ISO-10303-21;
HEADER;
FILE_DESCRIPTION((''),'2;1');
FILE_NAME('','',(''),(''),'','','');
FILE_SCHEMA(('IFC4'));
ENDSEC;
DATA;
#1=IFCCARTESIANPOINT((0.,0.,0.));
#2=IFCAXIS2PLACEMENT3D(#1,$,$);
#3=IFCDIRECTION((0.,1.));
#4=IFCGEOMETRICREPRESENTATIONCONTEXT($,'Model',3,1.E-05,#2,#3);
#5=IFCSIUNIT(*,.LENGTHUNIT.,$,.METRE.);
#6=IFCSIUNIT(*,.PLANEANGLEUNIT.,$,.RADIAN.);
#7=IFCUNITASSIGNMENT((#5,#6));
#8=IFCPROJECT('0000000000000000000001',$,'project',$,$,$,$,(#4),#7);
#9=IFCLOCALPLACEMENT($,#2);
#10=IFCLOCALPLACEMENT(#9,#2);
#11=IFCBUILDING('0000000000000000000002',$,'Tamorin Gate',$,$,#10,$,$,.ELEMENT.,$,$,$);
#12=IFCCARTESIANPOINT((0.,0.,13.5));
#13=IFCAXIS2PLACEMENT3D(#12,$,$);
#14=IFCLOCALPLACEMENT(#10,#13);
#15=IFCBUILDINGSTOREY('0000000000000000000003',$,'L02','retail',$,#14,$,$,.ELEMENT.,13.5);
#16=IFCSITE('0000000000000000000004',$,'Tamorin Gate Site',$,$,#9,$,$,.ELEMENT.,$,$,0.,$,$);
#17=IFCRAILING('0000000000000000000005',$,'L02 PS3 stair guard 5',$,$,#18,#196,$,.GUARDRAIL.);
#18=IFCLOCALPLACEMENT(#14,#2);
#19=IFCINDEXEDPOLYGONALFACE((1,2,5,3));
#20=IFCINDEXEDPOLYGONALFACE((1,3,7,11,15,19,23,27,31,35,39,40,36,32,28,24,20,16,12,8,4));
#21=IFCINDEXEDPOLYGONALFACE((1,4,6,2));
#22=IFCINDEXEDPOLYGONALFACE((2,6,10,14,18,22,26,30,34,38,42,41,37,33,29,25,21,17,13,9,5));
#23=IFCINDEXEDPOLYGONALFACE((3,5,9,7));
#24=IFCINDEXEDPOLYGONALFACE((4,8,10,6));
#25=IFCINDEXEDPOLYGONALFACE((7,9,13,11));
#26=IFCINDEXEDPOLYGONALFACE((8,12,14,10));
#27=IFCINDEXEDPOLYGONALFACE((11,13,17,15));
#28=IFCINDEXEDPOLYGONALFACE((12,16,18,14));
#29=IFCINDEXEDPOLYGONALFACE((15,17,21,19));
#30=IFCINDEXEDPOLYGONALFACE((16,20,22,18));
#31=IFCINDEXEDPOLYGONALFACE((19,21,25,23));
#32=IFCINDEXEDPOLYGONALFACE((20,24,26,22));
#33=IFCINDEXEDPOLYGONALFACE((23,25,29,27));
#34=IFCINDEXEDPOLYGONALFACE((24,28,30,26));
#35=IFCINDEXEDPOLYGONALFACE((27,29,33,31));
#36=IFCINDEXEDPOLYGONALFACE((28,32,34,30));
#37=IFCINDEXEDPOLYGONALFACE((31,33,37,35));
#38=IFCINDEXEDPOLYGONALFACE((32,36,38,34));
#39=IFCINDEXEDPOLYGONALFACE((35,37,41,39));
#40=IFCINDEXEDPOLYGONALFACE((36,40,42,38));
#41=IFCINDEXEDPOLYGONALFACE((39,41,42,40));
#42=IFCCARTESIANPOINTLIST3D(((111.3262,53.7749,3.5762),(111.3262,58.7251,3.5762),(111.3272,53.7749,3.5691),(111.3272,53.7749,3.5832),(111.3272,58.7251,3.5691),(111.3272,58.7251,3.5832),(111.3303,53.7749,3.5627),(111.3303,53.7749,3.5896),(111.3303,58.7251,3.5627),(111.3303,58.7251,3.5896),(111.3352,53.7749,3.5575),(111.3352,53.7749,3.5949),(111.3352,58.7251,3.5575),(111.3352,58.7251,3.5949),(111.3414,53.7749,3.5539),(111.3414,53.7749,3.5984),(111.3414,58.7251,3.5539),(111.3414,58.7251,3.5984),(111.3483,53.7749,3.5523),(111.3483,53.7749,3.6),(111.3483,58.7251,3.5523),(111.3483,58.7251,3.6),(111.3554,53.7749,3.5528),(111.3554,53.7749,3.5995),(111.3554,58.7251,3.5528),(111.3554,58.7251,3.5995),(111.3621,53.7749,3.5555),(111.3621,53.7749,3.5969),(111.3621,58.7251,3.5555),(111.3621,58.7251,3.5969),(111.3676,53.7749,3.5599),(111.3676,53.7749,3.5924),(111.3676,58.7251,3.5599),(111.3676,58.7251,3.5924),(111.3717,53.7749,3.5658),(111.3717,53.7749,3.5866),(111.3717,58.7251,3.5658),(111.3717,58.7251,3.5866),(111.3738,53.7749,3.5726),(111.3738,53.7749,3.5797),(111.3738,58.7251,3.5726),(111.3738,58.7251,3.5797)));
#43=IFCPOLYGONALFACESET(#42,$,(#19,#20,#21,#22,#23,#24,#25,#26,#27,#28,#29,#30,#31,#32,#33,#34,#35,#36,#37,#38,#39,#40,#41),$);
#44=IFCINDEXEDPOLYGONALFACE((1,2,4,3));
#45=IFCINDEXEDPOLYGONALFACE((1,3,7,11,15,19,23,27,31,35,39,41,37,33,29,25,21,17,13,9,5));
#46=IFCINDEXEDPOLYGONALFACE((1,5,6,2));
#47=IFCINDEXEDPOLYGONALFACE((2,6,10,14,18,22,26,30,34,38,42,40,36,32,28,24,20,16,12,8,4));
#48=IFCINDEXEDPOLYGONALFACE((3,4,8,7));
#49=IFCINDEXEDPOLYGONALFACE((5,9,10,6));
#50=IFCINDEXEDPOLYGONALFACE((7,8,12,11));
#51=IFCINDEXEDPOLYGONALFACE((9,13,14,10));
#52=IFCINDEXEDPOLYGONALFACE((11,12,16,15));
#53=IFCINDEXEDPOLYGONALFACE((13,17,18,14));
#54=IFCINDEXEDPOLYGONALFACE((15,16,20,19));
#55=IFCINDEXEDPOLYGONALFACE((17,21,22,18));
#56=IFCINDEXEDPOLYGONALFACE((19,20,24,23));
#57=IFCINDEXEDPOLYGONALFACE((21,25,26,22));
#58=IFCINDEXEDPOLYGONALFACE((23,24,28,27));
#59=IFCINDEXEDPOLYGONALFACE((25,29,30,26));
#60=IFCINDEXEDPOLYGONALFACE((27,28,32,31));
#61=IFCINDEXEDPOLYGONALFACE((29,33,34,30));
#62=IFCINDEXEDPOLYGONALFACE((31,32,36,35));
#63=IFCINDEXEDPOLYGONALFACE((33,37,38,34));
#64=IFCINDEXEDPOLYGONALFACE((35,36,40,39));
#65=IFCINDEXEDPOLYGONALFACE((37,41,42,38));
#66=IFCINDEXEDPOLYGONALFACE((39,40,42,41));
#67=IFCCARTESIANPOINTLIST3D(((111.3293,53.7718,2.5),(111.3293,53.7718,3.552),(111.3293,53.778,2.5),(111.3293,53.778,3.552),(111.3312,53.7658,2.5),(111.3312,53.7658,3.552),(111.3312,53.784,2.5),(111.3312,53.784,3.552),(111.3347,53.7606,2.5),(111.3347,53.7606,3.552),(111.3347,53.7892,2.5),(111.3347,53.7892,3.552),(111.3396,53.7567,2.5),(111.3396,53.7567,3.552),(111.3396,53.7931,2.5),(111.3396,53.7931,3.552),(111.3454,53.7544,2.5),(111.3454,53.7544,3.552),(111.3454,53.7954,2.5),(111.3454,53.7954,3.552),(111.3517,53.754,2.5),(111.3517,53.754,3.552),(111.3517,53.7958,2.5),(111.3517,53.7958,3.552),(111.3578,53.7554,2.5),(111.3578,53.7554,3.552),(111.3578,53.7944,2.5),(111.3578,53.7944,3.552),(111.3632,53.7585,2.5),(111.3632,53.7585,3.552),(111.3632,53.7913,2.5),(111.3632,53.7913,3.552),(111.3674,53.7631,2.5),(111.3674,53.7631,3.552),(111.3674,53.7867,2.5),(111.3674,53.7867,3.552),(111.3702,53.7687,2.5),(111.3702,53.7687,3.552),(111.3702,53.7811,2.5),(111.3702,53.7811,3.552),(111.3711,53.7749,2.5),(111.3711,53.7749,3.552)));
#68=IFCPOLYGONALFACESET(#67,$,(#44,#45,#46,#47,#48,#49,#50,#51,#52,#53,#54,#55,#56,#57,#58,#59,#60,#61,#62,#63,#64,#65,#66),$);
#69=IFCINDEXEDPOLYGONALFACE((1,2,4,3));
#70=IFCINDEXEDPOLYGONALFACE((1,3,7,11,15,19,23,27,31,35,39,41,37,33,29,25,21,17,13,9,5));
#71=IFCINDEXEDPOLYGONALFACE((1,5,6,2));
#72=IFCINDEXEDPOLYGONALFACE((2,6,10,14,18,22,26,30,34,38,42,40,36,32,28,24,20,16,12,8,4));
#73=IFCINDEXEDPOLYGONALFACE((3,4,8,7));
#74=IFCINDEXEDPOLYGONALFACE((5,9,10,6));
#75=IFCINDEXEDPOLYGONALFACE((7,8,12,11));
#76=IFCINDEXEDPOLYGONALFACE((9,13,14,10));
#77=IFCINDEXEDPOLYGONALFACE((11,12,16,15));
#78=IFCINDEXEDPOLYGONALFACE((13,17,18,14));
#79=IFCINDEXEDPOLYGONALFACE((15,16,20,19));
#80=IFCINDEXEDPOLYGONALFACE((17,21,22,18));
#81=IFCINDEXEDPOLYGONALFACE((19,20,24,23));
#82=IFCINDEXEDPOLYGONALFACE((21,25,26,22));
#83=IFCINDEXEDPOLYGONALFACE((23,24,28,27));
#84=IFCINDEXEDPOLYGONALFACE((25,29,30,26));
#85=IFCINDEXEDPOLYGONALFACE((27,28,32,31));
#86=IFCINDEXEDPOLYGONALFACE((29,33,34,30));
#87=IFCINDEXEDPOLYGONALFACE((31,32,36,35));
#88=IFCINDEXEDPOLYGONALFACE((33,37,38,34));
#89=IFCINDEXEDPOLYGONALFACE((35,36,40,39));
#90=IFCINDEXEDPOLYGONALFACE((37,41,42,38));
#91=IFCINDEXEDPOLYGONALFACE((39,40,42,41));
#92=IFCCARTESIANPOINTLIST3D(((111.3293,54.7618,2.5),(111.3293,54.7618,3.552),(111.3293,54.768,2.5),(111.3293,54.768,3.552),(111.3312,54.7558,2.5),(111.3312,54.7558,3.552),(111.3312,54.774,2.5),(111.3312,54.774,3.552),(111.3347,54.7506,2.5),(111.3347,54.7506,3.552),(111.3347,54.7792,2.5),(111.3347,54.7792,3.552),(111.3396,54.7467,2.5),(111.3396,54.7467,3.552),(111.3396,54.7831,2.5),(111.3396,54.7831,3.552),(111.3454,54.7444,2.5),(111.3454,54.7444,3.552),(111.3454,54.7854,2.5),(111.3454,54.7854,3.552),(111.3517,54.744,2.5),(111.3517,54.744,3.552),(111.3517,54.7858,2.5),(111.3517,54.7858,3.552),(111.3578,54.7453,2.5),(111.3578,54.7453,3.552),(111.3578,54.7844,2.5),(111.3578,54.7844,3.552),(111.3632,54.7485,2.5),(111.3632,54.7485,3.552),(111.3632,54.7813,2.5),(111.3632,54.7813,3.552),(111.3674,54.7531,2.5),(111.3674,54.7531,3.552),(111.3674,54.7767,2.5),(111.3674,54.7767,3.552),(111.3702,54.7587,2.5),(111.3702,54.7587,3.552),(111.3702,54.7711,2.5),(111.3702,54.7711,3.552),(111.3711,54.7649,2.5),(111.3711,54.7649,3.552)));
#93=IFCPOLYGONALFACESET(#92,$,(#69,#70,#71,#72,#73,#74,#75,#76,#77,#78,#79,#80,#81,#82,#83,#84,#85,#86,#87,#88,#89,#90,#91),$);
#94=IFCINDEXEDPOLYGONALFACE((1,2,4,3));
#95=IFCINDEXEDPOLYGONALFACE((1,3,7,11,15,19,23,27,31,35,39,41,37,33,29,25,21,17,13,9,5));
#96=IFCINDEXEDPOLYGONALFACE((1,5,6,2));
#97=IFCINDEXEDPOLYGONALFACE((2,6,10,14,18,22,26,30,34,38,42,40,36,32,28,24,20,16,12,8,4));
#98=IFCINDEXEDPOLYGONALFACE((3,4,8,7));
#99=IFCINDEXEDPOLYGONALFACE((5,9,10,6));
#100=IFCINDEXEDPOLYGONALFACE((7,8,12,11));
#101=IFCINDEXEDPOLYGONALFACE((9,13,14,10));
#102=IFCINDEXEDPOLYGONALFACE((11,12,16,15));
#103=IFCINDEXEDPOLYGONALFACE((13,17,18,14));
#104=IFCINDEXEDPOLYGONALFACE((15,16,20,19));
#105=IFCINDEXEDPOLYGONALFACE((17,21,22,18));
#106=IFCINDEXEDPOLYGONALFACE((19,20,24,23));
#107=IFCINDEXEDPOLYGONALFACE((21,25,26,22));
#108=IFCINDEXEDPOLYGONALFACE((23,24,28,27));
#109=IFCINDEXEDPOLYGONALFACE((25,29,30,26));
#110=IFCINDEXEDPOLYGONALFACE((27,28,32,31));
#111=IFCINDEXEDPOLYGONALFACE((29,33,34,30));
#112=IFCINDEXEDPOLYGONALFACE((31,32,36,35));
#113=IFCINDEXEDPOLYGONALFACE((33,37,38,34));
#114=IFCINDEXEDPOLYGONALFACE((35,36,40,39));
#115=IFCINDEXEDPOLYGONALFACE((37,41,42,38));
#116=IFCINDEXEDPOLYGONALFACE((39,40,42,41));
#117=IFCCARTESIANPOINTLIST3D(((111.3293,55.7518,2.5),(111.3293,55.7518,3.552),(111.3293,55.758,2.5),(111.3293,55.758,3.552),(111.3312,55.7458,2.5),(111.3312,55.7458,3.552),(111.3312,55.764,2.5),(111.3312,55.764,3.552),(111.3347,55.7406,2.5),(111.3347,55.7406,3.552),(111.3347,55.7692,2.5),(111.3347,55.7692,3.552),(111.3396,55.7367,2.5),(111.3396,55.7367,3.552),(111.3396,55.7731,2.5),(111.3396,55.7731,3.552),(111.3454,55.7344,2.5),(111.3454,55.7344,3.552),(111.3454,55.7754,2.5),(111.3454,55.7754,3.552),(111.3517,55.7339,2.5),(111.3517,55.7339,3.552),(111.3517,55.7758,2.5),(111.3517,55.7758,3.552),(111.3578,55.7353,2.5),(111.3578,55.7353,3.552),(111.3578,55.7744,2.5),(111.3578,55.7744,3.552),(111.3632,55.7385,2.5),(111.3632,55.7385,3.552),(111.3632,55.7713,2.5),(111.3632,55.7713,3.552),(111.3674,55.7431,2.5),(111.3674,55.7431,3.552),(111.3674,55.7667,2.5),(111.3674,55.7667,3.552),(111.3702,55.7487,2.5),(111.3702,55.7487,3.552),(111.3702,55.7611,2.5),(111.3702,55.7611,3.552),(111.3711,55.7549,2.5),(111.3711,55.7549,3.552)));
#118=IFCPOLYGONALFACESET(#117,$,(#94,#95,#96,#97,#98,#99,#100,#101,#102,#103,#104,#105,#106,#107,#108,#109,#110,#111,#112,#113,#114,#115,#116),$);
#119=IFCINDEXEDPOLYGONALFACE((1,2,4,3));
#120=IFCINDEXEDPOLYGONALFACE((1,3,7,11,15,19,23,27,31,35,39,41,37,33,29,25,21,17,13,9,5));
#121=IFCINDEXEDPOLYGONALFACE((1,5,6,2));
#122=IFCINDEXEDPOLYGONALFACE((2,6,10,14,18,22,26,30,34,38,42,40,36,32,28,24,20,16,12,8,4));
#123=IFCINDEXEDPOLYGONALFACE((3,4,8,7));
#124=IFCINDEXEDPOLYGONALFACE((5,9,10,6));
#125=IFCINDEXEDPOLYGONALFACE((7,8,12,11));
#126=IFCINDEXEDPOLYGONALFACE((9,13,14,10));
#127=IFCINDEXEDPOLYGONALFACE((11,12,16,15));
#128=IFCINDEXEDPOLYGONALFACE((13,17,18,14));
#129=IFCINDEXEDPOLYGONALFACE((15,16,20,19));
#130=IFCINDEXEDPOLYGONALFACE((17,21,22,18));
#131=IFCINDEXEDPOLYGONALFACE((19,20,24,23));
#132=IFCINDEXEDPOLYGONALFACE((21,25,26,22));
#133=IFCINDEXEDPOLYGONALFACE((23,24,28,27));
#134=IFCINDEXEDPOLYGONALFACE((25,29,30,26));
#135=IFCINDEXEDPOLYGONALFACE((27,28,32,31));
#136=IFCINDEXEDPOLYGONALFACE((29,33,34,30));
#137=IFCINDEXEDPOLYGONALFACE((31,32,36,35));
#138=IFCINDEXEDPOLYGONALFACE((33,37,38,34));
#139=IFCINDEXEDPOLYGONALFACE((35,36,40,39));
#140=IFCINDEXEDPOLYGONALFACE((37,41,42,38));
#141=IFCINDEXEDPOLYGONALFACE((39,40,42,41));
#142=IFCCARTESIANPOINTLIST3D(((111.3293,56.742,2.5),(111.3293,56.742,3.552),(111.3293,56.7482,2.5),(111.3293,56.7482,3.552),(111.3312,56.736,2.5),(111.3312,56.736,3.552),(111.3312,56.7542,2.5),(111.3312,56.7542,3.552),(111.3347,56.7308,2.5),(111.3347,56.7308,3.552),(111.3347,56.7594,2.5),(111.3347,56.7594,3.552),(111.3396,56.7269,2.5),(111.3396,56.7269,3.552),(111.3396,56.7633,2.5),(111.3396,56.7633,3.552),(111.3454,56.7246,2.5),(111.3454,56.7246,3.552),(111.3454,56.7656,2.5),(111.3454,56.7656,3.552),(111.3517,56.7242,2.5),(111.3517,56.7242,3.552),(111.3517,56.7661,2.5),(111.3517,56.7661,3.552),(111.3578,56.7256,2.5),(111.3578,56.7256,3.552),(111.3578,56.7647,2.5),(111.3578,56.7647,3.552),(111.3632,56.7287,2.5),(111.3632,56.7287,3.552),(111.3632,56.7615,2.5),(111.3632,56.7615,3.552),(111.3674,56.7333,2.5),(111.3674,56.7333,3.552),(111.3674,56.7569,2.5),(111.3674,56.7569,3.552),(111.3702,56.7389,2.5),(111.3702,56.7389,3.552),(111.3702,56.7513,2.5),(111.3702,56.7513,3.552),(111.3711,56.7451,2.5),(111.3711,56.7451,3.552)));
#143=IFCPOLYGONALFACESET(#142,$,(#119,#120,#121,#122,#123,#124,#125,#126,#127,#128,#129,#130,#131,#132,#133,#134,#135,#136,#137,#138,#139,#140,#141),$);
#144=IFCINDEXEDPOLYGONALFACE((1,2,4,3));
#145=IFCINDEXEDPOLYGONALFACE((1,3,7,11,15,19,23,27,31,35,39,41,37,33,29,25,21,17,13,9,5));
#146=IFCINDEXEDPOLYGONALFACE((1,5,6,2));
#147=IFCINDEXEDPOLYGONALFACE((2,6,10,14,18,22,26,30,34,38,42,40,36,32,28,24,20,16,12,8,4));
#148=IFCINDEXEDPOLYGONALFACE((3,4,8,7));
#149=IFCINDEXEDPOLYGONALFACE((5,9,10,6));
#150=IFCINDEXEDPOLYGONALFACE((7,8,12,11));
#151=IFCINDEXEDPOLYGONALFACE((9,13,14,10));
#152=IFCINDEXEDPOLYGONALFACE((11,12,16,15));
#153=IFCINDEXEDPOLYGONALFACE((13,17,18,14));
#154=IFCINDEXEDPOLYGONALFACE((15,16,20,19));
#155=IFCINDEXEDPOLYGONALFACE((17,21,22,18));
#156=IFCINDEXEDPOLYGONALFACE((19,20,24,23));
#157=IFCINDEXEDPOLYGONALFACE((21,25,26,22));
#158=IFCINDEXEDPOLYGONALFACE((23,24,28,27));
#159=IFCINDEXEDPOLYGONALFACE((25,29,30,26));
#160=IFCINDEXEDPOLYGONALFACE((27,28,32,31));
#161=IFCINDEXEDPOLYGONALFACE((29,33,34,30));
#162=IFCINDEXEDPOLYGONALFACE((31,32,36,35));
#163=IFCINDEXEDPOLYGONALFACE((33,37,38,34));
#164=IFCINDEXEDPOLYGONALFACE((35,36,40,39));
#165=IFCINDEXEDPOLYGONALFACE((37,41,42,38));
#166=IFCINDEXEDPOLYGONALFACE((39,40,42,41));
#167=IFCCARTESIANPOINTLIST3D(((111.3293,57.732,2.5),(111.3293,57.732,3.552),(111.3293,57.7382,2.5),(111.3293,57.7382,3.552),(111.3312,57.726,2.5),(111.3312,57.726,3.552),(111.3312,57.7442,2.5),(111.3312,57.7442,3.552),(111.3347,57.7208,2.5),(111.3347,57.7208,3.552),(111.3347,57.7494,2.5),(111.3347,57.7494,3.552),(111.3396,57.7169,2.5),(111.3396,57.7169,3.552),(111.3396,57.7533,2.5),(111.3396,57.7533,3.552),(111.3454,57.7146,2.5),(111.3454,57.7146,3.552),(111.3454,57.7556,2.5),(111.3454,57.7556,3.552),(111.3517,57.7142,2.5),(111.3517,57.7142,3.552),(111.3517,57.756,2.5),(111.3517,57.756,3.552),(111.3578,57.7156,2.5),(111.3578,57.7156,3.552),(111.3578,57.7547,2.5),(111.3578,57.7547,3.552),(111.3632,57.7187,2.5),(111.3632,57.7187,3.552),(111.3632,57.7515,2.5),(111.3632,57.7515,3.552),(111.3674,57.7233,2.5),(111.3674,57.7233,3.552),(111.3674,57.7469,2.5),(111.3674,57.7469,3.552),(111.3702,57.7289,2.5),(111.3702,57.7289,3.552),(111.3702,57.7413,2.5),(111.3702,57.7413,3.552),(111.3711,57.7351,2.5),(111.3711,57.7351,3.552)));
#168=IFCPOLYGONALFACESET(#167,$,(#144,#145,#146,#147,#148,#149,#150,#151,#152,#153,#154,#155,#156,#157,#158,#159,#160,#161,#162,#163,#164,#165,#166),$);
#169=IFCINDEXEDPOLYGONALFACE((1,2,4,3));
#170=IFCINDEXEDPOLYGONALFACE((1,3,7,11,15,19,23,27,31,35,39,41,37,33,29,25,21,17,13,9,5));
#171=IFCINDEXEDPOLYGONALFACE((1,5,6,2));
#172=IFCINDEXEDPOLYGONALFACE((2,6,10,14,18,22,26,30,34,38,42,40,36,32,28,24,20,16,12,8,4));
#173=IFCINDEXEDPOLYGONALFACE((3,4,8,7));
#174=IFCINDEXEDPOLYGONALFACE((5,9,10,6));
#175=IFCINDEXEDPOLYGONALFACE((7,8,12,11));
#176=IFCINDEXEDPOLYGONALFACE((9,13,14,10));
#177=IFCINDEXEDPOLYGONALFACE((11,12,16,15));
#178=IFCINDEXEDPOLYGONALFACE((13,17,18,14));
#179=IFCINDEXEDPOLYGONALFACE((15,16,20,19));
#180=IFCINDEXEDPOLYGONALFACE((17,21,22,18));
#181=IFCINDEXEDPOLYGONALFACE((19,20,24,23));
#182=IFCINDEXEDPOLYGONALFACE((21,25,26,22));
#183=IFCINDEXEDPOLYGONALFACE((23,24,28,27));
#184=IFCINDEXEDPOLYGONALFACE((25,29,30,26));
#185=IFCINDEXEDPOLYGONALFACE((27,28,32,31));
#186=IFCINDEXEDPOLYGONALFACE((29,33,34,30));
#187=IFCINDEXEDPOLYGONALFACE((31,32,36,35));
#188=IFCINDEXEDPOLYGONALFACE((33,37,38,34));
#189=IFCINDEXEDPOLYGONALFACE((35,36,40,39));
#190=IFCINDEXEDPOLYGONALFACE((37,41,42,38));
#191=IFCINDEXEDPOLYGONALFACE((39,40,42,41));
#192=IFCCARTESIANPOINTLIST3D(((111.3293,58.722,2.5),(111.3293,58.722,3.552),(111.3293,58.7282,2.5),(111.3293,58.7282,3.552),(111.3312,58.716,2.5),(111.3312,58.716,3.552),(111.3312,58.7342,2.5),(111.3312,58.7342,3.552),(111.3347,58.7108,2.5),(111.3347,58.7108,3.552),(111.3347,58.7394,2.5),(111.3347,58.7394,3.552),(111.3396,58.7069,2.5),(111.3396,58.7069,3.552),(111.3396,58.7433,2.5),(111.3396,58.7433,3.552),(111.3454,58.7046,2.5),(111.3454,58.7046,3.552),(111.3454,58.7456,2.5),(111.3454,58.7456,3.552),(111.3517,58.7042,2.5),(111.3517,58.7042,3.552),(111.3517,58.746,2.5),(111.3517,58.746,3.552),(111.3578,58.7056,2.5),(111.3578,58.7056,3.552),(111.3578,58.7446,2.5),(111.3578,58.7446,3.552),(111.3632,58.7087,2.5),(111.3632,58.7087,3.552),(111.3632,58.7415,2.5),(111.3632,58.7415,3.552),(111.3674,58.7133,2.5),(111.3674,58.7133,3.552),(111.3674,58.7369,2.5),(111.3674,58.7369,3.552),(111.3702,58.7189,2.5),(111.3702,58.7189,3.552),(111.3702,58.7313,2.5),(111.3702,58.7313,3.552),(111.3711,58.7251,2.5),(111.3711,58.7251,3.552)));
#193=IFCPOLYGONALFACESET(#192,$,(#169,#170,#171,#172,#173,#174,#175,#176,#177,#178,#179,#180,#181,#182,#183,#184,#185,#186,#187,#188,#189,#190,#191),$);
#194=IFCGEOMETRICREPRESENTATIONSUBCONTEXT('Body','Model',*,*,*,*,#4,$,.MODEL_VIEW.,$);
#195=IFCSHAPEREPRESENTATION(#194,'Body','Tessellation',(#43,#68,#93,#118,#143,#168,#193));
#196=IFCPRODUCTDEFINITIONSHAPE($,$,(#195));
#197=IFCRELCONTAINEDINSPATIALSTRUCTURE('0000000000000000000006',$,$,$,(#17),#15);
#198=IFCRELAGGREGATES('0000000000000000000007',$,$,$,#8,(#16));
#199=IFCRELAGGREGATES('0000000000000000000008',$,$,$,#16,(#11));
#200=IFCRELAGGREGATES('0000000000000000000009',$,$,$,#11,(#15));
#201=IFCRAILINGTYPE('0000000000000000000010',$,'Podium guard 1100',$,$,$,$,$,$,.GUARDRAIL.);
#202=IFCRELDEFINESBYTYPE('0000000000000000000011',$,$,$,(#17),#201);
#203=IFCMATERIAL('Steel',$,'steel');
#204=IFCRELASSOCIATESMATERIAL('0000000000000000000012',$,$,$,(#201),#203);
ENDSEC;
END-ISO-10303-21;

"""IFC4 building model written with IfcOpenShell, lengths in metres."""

from ifc_helpers import new_model, si_unit, direction, frame, origin, origin_2d, place, context, subcontext, project, spatial, circle, extrude, material, type_object, element, save


model = new_model("IFC4")

# Units and contexts
model_context = context("Model", 3, precision=1e-05, world=origin(), true_north=direction((0.0, 1.0)))
body_context = subcontext(model_context, "Body", "Model", "MODEL_VIEW")
ifc_project = project(units=[si_unit("LENGTHUNIT", "METRE"), si_unit("PLANEANGLEUNIT", "RADIAN")], contexts=[model_context])

# Site, building, storey
site_placement = place(None, origin())
site = spatial("IfcSite", under=ifc_project, at=site_placement, Name="Tamorin Gate Site", CompositionType="ELEMENT", RefElevation=0.0)
building_placement = place(site_placement, origin())
building = spatial("IfcBuilding", under=site, at=building_placement, Name="Tamorin Gate", CompositionType="ELEMENT")
storey_placement = place(building_placement, frame((0.0, 0.0, 13.5)))
storey = spatial("IfcBuildingStorey", under=building, at=storey_placement, Name="L02", Description="retail", CompositionType="ELEMENT", Elevation=13.5)

# Railing
ifc_material_1 = material(Name="Steel", Category="steel")
railing_type_1 = type_object("IfcRailingType", Name="Podium guard 1100", PredefinedType="GUARDRAIL", material=ifc_material_1)
railing_1_placement = place(storey_placement, frame((111.3501, 53.7749, 2.5)))
element("IfcRailing", 1, at=railing_1_placement, inside=storey, type_object=railing_type_1, Name="L02 PS3 stair guard 5", PredefinedType="GUARDRAIL", context=body_context, shape_type="SweptSolid", body=[
    extrude(circle(Radius=0.0239, at=origin_2d()), frame((0.0, 0.0, 1.0762), z_axis=(0.0, 1.0, 0.0), x_axis=(-1.0, 0.0, 0.0)), (0.0, 0.0, 1.0), 4.9502),
    extrude(circle(Radius=0.021, at=origin_2d()), origin(), (0.0, 0.0, 1.0), 1.052),
    extrude(circle(Radius=0.021, at=origin_2d()), frame((0.0, 0.99, 0.0)), (0.0, 0.0, 1.0), 1.052),
    extrude(circle(Radius=0.021, at=origin_2d()), frame((0.0, 1.98, 0.0)), (0.0, 0.0, 1.0), 1.052),
    extrude(circle(Radius=0.021, at=origin_2d()), frame((0.0, 2.9702, 0.0)), (0.0, 0.0, 1.0), 1.052),
    extrude(circle(Radius=0.021, at=origin_2d()), frame((0.0, 3.9602, 0.0)), (0.0, 0.0, 1.0), 1.052),
    extrude(circle(Radius=0.021, at=origin_2d()), frame((0.0, 4.9502, 0.0)), (0.0, 0.0, 1.0), 1.052),
])

save(model, "model.ifc")
